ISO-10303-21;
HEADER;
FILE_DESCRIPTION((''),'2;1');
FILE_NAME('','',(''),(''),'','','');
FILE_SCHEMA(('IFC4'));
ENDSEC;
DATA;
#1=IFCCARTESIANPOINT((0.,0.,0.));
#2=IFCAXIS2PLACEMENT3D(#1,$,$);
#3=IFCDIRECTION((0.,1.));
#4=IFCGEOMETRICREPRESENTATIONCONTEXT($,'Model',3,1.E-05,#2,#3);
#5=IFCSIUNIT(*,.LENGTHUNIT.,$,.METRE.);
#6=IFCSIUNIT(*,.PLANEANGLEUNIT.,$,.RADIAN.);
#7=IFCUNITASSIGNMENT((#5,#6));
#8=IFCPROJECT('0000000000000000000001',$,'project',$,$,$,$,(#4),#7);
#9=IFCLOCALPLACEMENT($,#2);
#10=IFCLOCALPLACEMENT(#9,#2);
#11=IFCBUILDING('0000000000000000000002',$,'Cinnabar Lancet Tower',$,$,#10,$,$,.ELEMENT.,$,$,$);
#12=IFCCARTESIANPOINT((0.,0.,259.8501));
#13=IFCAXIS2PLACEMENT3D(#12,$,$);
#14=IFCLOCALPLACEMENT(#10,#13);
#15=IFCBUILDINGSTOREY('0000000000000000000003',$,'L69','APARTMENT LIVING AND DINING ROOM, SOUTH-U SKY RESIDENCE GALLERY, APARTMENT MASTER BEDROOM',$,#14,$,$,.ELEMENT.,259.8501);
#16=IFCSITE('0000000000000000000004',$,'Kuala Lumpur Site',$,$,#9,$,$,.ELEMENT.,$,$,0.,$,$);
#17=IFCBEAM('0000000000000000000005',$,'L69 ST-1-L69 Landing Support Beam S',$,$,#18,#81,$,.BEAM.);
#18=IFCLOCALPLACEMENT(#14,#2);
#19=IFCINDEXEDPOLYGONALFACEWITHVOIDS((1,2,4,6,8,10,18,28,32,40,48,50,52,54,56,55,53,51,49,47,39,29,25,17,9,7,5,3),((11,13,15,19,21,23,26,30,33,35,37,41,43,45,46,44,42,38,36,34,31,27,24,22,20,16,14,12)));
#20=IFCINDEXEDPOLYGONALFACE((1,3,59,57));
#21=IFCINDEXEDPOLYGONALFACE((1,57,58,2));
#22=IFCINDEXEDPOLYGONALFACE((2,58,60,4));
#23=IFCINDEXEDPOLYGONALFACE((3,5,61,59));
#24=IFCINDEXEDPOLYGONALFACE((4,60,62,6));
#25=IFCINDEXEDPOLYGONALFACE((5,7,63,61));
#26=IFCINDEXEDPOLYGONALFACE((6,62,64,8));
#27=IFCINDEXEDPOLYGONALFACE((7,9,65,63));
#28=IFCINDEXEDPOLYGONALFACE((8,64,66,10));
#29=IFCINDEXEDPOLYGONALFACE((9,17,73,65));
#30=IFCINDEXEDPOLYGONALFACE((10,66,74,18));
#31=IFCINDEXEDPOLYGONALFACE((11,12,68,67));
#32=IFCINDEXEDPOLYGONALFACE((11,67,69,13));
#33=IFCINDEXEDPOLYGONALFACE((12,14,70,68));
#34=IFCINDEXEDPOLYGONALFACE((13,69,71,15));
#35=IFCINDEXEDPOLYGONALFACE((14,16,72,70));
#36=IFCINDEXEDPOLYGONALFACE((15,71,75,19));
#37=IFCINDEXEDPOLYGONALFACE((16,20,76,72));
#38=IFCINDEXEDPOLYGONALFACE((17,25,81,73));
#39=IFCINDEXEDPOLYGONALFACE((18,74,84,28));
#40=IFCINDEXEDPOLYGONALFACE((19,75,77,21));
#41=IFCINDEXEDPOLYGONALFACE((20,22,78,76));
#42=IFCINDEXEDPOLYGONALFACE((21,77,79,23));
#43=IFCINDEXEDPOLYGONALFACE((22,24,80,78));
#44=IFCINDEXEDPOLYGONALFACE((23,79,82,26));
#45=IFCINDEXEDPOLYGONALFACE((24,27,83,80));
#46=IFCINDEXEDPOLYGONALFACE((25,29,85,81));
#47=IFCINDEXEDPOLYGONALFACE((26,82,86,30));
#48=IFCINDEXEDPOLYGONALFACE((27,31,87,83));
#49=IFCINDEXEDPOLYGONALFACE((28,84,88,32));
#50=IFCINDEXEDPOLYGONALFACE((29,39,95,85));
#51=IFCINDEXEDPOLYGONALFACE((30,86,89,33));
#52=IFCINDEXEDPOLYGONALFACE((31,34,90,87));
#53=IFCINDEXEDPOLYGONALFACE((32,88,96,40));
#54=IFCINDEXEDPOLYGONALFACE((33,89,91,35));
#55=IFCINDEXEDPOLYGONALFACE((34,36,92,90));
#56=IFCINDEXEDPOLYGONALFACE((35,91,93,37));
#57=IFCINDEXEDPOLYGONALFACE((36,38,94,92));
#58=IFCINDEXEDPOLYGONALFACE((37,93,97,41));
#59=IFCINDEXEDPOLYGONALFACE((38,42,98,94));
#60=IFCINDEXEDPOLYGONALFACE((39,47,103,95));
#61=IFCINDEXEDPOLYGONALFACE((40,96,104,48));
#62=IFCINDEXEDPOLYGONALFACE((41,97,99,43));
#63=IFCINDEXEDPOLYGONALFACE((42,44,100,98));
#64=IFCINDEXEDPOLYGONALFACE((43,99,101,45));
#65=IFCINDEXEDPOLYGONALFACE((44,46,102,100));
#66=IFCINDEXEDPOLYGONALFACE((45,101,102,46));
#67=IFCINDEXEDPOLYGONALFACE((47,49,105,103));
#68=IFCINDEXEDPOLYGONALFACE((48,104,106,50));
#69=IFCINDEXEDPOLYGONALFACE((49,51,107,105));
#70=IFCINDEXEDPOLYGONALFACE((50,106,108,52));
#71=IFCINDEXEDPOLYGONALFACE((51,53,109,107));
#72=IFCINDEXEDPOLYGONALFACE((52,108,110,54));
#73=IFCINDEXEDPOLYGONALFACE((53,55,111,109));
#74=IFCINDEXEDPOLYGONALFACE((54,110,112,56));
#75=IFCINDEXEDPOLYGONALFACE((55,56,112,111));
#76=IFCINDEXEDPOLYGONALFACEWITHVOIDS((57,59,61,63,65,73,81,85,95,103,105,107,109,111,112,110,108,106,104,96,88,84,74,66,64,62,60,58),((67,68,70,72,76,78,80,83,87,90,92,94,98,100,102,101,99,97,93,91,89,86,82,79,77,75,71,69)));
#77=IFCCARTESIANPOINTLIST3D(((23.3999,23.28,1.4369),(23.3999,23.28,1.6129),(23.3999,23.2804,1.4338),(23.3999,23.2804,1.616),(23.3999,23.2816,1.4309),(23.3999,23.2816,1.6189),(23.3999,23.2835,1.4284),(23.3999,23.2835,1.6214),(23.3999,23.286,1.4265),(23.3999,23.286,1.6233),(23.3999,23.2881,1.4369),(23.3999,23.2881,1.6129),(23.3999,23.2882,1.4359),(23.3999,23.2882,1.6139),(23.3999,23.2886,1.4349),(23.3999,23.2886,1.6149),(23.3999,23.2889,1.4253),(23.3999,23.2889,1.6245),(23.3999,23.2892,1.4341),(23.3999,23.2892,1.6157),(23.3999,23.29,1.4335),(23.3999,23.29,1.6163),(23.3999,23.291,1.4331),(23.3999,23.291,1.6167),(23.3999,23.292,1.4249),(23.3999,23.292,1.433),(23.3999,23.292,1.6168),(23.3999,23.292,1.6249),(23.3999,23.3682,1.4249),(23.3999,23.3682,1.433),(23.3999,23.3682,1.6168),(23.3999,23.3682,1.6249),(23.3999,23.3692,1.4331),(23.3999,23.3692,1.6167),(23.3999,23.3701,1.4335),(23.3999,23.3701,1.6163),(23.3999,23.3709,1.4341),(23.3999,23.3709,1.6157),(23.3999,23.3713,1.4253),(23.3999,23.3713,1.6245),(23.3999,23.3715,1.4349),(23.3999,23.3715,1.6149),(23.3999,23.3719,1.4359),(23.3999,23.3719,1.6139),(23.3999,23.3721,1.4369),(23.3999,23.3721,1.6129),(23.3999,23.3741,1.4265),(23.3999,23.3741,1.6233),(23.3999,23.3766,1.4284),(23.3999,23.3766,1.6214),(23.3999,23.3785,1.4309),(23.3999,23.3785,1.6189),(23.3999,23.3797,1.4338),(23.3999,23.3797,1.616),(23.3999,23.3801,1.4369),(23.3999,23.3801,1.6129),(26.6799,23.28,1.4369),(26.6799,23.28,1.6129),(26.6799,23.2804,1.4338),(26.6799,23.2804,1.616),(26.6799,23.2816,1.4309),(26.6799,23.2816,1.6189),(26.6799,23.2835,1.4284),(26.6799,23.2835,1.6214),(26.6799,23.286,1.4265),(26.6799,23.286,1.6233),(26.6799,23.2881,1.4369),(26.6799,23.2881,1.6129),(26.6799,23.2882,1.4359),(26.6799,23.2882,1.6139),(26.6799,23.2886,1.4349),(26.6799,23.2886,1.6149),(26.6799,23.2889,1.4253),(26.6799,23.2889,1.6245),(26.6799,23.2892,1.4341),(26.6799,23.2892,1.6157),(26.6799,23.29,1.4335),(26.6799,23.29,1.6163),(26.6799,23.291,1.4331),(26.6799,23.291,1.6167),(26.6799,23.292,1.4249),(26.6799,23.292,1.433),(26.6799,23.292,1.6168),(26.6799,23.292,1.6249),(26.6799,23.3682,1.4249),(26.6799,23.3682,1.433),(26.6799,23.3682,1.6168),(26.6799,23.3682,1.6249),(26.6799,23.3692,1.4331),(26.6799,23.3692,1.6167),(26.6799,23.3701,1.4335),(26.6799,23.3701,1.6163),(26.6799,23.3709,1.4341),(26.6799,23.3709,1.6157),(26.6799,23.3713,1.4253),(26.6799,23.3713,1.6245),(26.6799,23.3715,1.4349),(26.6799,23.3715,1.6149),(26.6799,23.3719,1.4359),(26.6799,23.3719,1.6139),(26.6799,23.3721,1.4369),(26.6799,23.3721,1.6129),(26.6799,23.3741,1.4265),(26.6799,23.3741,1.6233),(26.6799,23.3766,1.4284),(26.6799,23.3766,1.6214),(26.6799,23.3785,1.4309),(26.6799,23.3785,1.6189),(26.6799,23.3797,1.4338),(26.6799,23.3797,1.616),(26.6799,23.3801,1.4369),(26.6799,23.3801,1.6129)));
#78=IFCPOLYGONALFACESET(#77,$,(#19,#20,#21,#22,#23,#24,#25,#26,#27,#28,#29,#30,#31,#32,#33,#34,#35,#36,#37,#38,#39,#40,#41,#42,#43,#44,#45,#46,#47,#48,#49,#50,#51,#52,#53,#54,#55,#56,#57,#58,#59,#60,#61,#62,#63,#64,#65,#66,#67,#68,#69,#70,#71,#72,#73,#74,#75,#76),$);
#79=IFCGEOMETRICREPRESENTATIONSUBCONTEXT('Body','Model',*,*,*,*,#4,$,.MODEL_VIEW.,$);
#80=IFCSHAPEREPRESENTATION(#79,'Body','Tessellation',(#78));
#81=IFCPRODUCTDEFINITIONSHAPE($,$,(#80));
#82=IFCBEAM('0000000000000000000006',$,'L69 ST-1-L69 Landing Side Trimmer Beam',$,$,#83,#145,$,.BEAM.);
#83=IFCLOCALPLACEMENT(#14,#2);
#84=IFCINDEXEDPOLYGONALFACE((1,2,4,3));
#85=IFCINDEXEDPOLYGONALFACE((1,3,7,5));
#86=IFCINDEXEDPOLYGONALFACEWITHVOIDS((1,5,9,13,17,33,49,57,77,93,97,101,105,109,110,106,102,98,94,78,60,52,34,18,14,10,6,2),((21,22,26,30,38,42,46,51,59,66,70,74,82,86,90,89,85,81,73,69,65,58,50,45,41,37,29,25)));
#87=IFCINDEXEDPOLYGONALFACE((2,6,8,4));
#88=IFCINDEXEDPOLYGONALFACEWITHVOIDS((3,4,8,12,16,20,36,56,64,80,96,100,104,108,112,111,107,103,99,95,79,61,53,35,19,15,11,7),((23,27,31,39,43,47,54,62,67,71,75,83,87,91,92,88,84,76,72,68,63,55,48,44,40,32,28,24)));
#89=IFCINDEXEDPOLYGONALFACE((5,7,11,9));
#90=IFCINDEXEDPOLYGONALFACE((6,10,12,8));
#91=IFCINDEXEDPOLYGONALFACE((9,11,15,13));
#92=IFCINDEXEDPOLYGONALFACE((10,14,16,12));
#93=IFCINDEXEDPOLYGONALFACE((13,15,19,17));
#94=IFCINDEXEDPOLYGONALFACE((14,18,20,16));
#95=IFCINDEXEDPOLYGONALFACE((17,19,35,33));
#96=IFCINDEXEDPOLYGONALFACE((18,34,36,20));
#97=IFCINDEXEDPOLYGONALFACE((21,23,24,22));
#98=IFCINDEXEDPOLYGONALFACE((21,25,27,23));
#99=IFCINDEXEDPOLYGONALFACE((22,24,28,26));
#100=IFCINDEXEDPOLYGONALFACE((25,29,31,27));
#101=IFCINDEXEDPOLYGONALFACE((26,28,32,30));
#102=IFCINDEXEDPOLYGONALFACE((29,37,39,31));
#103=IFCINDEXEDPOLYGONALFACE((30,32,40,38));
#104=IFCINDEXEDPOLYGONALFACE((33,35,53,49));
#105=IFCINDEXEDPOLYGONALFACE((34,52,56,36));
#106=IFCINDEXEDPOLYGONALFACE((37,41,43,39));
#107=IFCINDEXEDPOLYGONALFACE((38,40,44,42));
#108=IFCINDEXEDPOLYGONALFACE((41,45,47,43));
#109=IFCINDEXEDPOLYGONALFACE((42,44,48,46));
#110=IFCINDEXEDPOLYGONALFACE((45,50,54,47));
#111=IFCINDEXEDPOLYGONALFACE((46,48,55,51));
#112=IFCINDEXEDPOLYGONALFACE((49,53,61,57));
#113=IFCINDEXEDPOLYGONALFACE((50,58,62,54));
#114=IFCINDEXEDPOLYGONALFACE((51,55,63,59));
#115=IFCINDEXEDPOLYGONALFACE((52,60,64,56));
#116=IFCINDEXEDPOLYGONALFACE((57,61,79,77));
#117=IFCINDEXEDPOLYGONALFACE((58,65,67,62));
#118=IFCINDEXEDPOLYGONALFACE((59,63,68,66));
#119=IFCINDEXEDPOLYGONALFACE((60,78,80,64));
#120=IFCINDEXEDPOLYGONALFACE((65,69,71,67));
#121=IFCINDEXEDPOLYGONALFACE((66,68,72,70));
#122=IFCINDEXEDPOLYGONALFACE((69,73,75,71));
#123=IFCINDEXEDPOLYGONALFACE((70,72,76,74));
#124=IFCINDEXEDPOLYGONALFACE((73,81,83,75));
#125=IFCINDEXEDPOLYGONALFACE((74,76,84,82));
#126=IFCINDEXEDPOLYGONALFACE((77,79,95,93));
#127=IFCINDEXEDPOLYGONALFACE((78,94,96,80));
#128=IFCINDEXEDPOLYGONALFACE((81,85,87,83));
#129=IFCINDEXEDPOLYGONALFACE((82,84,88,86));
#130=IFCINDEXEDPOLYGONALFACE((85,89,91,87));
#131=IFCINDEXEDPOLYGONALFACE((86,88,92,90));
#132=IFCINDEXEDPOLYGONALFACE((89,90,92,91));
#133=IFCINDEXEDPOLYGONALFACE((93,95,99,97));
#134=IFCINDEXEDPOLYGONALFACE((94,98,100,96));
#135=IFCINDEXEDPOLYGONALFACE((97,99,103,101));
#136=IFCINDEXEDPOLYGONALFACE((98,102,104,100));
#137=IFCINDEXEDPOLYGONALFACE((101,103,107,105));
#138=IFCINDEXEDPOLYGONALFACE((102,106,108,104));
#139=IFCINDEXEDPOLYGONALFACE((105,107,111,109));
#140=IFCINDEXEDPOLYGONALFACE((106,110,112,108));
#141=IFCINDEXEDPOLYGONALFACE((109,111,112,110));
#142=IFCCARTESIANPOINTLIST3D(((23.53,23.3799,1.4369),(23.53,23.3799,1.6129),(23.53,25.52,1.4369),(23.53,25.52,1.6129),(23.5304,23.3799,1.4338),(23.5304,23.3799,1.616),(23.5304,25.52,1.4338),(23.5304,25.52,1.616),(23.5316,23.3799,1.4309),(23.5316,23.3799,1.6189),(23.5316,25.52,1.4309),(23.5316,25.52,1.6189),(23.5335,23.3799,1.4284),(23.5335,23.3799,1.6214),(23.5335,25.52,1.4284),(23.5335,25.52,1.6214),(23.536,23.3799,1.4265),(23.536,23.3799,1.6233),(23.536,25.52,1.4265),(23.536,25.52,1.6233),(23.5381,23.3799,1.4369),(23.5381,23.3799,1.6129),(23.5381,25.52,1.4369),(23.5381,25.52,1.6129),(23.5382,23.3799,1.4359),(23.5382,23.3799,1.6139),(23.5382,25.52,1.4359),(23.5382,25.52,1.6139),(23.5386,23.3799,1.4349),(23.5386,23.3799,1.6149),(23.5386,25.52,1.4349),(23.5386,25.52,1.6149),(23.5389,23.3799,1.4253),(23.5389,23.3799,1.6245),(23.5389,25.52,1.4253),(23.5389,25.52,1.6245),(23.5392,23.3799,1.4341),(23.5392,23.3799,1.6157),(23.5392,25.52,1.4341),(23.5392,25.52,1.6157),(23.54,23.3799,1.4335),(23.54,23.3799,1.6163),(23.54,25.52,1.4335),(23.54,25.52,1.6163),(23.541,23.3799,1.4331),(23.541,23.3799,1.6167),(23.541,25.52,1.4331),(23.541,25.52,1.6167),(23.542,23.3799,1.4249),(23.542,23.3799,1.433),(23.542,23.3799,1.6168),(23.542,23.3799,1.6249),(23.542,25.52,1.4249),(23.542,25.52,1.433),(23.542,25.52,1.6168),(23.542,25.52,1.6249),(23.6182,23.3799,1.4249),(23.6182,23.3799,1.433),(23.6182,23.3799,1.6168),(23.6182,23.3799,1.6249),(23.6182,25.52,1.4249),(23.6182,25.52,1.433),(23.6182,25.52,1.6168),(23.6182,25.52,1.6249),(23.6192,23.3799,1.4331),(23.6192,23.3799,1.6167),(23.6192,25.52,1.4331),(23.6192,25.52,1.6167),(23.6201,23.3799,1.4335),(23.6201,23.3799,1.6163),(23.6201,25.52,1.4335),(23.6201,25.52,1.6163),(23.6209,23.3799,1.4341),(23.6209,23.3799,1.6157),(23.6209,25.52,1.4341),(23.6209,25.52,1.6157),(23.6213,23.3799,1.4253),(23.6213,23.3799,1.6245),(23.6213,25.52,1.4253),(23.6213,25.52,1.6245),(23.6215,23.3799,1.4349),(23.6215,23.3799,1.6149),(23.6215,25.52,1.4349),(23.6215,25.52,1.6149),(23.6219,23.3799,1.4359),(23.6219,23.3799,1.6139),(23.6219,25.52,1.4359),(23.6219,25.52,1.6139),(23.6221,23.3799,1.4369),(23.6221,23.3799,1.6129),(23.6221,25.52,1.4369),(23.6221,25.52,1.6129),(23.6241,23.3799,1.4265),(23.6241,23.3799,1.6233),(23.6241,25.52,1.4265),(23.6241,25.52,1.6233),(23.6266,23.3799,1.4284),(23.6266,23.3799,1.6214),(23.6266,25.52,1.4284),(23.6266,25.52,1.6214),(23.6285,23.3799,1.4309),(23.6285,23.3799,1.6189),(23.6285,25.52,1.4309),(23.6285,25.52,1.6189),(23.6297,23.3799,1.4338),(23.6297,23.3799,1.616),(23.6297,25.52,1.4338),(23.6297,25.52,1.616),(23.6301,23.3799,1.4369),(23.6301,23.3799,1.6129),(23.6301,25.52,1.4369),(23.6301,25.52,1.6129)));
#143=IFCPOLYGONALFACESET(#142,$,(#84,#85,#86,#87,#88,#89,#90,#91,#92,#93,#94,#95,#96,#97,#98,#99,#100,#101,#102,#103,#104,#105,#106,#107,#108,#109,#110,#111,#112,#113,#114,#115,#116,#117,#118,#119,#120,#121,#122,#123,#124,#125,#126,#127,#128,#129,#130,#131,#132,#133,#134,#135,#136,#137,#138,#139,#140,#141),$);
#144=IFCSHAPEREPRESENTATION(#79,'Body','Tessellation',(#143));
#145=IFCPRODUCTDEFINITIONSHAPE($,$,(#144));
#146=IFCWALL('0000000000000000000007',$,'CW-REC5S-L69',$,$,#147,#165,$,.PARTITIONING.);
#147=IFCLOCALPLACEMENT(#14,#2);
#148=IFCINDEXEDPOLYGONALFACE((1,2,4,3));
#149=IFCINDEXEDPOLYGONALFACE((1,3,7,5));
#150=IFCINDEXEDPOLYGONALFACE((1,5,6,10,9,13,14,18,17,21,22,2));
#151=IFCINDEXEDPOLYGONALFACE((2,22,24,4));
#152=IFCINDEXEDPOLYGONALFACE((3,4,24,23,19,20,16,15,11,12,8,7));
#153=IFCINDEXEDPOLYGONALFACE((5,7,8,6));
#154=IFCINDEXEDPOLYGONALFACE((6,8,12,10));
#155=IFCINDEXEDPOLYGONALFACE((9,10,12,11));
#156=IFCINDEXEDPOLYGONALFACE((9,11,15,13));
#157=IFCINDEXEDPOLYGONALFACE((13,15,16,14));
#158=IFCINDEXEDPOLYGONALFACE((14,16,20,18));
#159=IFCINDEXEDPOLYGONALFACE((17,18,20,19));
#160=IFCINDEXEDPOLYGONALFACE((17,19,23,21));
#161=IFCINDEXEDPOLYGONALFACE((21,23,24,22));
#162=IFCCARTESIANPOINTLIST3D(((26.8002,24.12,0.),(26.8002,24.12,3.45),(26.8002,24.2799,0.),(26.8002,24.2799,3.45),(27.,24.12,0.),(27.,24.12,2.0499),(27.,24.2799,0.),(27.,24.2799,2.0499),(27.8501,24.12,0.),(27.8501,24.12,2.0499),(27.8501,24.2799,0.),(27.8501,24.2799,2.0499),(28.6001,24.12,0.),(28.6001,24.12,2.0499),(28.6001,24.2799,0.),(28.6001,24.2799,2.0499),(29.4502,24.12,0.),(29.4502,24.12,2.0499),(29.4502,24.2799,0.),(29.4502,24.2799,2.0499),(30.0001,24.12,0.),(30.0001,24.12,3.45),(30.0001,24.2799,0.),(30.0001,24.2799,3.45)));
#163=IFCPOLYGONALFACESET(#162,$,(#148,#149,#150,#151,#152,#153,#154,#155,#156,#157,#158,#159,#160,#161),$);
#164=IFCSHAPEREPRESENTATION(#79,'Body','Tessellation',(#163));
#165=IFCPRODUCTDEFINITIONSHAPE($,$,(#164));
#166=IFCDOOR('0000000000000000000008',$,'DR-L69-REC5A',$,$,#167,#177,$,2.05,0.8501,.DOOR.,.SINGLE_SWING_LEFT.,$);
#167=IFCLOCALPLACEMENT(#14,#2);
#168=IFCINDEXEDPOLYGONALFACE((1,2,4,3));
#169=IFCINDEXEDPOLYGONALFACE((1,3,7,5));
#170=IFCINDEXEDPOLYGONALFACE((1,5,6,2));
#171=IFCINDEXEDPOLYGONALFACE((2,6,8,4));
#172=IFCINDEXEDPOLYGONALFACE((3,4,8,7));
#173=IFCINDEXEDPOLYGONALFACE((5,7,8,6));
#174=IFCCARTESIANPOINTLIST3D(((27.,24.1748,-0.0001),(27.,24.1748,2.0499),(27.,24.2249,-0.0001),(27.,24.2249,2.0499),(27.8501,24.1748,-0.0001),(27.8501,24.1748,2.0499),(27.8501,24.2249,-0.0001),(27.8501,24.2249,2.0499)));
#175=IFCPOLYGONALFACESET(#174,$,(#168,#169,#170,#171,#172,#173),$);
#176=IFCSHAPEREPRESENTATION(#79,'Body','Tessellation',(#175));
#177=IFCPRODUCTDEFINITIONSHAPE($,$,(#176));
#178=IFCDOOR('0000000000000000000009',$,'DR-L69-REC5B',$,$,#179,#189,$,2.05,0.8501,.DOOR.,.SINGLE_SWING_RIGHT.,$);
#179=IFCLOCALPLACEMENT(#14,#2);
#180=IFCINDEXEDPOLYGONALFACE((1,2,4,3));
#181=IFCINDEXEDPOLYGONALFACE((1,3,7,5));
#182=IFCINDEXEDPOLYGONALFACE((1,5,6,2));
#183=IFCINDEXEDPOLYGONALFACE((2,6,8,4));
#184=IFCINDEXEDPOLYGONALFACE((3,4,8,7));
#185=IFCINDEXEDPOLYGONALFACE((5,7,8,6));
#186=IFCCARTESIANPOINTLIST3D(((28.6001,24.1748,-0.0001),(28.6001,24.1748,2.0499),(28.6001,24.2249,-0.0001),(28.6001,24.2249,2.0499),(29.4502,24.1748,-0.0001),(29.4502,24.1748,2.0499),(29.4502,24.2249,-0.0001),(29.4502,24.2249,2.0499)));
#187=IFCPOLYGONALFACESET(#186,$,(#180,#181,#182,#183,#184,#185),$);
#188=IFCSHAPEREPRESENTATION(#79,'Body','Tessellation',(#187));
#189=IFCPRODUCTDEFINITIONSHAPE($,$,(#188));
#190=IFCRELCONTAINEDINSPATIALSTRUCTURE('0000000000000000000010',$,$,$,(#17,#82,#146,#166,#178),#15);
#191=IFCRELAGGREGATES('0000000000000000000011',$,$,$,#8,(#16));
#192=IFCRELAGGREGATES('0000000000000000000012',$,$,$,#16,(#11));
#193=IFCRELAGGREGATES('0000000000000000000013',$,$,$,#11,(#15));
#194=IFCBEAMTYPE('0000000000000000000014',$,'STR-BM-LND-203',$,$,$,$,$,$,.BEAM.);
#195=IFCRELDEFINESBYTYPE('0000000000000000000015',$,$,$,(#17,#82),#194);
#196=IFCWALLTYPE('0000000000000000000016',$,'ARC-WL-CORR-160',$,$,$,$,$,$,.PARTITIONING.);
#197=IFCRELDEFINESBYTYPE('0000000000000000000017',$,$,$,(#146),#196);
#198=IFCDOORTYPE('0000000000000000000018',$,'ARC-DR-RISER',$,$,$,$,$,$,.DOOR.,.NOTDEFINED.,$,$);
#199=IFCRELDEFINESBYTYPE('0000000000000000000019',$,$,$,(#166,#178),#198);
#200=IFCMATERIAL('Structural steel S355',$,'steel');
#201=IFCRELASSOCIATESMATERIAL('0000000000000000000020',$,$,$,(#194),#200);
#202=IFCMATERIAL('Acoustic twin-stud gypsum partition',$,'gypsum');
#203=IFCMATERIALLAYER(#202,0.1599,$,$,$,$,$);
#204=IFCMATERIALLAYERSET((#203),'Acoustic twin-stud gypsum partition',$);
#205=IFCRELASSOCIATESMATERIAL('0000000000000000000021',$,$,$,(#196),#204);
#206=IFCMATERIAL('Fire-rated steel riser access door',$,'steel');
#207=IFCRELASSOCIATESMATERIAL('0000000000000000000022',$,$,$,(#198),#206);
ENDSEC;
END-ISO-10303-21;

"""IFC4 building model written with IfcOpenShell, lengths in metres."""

from ifc_helpers import new_model, si_unit, direction, frame, frame_2d, origin, origin_2d, place, context, subcontext, project, spatial, rectangle, hollow_rectangle, extrude, material, layer, layer_set, material_profile, profile_set, type_object, element, fill, save


model = new_model("IFC4")

# Units and contexts
model_context = context("Model", 3, precision=1e-05, world=origin(), true_north=direction((0.0, 1.0)))
body_context = subcontext(model_context, "Body", "Model", "MODEL_VIEW")
ifc_project = project(units=[si_unit("LENGTHUNIT", "METRE"), si_unit("PLANEANGLEUNIT", "RADIAN")], contexts=[model_context])

# Site, building, storey
site_placement = place(None, origin())
site = spatial("IfcSite", under=ifc_project, at=site_placement, Name="Kuala Lumpur Site", CompositionType="ELEMENT", RefElevation=0.0)
building_placement = place(site_placement, origin())
building = spatial("IfcBuilding", under=site, at=building_placement, Name="Cinnabar Lancet Tower", CompositionType="ELEMENT")
storey_placement = place(building_placement, frame((0.0, 0.0, 259.8501)))
storey = spatial("IfcBuildingStorey", under=building, at=storey_placement, Name="L69", Description="APARTMENT LIVING AND DINING ROOM, SOUTH-U SKY RESIDENCE GALLERY, APARTMENT MASTER BEDROOM", CompositionType="ELEMENT", Elevation=259.8501)

# Beams
ifc_material_1 = material(Name="Structural steel S355", Category="steel")
ifc_material_profile_1 = material_profile(ifc_material_1, hollow_rectangle(XDim=0.1001, YDim=0.2, WallThickness=0.0081, InnerFilletRadius=0.0039, OuterFilletRadius=0.012, at=origin_2d()), Name="RHS 200x100x8")
ifc_profile_set_1 = profile_set([ifc_material_profile_1], Name="Structural steel S355")
beam_type_1 = type_object("IfcBeamType", Name="STR-BM-LND-203", PredefinedType="BEAM", material=ifc_profile_set_1)
beam_1_placement = place(storey_placement, frame((23.3999, 23.3301, 1.5249), z_axis=(1.0, 0.0, 0.0), x_axis=(0.0, 1.0, 0.0)))
element("IfcBeam", 1, at=beam_1_placement, inside=storey, type_object=beam_type_1, Name="L69 ST-1-L69 Landing Support Beam S", PredefinedType="BEAM", context=body_context, shape_type="SweptSolid", body=[
    extrude(hollow_rectangle(XDim=0.1001, YDim=0.2, WallThickness=0.0081, InnerFilletRadius=0.0039, OuterFilletRadius=0.012, at=origin_2d()), origin(), (0.0, 0.0, 1.0), 3.28),
])
beam_2_placement = place(storey_placement, frame((23.5801, 23.3799, 1.5249), z_axis=(0.0, 1.0, 0.0), x_axis=(-1.0, 0.0, 0.0)))
element("IfcBeam", 2, at=beam_2_placement, inside=storey, type_object=beam_type_1, Name="L69 ST-1-L69 Landing Side Trimmer Beam", PredefinedType="BEAM", context=body_context, shape_type="SweptSolid", body=[
    extrude(hollow_rectangle(XDim=0.1001, YDim=0.2, WallThickness=0.0081, InnerFilletRadius=0.0039, OuterFilletRadius=0.012, at=origin_2d()), origin(), (0.0, 0.0, 1.0), 2.1401),
])

# Wall, openings, doors
ifc_material_2 = material(Name="Acoustic twin-stud gypsum partition", Category="gypsum")
ifc_layer_1 = layer(ifc_material_2, 0.1599)
ifc_layer_set_1 = layer_set([ifc_layer_1], Name="Acoustic twin-stud gypsum partition")
wall_type_1 = type_object("IfcWallType", Name="ARC-WL-CORR-160", PredefinedType="PARTITIONING", material=ifc_layer_set_1)
wall_1_placement = place(storey_placement, frame((26.8, 24.2, 0.0), z_axis=(0.0, 0.0, 1.0), x_axis=(1.0, 0.0, 0.0)))
wall_1 = element("IfcWall", 3, at=wall_1_placement, inside=storey, type_object=wall_type_1, Name="CW-REC5S-L69", PredefinedType="PARTITIONING", context=body_context, shape_type="SweptSolid", body=[
    extrude(rectangle(XDim=3.2, YDim=0.1599, at=frame_2d((1.6001, 0.0))), origin(), (0.0, 0.0, 1.0), 3.45),
])
opening_1_placement = place(wall_1_placement, frame((0.2, 0.0, 0.0)))
opening_1 = element("IfcOpeningElement", 4, at=opening_1_placement, cuts=wall_1, PredefinedType="OPENING", context=body_context, shape_type="SweptSolid", body=[
    extrude(rectangle(XDim=0.8501, YDim=2.05, at=frame_2d((0.425, 1.0249))), frame((0.0, 0.0898, 0.0), z_axis=(0.0, -1.0, 0.0), x_axis=(1.0, 0.0, 0.0)), (0.0, 0.0, 1.0), 0.1799),
])
opening_2_placement = place(wall_1_placement, frame((1.8, 0.0, 0.0)))
opening_2 = element("IfcOpeningElement", 5, at=opening_2_placement, cuts=wall_1, PredefinedType="OPENING", context=body_context, shape_type="SweptSolid", body=[
    extrude(rectangle(XDim=0.8501, YDim=2.05, at=frame_2d((0.425, 1.0249))), frame((0.0, 0.0898, 0.0), z_axis=(0.0, -1.0, 0.0), x_axis=(1.0, 0.0, 0.0)), (0.0, 0.0, 1.0), 0.1799),
])
ifc_material_3 = material(Name="Fire-rated steel riser access door", Category="steel")
door_type_1 = type_object("IfcDoorType", Name="ARC-DR-RISER", OperationType="NOTDEFINED", PredefinedType="DOOR", material=ifc_material_3)
door_1_placement = place(opening_1_placement, origin())
door_1 = element("IfcDoor", 6, at=door_1_placement, inside=storey, type_object=door_type_1, Name="DR-L69-REC5A", OperationType="SINGLE_SWING_LEFT", OverallHeight=2.05, OverallWidth=0.8501, PredefinedType="DOOR", context=body_context, shape_type="SweptSolid", body=[
    extrude(rectangle(XDim=0.8501, YDim=2.05, at=frame_2d((0.425, 1.0249))), frame((0.0, 0.0249, 0.0), z_axis=(0.0, -1.0, 0.0), x_axis=(1.0, 0.0, 0.0)), (0.0, 0.0, 1.0), 0.05),
])
fill(opening_1, door_1)
door_2_placement = place(opening_2_placement, origin())
door_2 = element("IfcDoor", 7, at=door_2_placement, inside=storey, type_object=door_type_1, Name="DR-L69-REC5B", OperationType="SINGLE_SWING_RIGHT", OverallHeight=2.05, OverallWidth=0.8501, PredefinedType="DOOR", context=body_context, shape_type="SweptSolid", body=[
    extrude(rectangle(XDim=0.8501, YDim=2.05, at=frame_2d((0.425, 1.0249))), frame((0.0, 0.0249, 0.0), z_axis=(0.0, -1.0, 0.0), x_axis=(1.0, 0.0, 0.0)), (0.0, 0.0, 1.0), 0.05),
])
fill(opening_2, door_2)

save(model, "model.ifc")
